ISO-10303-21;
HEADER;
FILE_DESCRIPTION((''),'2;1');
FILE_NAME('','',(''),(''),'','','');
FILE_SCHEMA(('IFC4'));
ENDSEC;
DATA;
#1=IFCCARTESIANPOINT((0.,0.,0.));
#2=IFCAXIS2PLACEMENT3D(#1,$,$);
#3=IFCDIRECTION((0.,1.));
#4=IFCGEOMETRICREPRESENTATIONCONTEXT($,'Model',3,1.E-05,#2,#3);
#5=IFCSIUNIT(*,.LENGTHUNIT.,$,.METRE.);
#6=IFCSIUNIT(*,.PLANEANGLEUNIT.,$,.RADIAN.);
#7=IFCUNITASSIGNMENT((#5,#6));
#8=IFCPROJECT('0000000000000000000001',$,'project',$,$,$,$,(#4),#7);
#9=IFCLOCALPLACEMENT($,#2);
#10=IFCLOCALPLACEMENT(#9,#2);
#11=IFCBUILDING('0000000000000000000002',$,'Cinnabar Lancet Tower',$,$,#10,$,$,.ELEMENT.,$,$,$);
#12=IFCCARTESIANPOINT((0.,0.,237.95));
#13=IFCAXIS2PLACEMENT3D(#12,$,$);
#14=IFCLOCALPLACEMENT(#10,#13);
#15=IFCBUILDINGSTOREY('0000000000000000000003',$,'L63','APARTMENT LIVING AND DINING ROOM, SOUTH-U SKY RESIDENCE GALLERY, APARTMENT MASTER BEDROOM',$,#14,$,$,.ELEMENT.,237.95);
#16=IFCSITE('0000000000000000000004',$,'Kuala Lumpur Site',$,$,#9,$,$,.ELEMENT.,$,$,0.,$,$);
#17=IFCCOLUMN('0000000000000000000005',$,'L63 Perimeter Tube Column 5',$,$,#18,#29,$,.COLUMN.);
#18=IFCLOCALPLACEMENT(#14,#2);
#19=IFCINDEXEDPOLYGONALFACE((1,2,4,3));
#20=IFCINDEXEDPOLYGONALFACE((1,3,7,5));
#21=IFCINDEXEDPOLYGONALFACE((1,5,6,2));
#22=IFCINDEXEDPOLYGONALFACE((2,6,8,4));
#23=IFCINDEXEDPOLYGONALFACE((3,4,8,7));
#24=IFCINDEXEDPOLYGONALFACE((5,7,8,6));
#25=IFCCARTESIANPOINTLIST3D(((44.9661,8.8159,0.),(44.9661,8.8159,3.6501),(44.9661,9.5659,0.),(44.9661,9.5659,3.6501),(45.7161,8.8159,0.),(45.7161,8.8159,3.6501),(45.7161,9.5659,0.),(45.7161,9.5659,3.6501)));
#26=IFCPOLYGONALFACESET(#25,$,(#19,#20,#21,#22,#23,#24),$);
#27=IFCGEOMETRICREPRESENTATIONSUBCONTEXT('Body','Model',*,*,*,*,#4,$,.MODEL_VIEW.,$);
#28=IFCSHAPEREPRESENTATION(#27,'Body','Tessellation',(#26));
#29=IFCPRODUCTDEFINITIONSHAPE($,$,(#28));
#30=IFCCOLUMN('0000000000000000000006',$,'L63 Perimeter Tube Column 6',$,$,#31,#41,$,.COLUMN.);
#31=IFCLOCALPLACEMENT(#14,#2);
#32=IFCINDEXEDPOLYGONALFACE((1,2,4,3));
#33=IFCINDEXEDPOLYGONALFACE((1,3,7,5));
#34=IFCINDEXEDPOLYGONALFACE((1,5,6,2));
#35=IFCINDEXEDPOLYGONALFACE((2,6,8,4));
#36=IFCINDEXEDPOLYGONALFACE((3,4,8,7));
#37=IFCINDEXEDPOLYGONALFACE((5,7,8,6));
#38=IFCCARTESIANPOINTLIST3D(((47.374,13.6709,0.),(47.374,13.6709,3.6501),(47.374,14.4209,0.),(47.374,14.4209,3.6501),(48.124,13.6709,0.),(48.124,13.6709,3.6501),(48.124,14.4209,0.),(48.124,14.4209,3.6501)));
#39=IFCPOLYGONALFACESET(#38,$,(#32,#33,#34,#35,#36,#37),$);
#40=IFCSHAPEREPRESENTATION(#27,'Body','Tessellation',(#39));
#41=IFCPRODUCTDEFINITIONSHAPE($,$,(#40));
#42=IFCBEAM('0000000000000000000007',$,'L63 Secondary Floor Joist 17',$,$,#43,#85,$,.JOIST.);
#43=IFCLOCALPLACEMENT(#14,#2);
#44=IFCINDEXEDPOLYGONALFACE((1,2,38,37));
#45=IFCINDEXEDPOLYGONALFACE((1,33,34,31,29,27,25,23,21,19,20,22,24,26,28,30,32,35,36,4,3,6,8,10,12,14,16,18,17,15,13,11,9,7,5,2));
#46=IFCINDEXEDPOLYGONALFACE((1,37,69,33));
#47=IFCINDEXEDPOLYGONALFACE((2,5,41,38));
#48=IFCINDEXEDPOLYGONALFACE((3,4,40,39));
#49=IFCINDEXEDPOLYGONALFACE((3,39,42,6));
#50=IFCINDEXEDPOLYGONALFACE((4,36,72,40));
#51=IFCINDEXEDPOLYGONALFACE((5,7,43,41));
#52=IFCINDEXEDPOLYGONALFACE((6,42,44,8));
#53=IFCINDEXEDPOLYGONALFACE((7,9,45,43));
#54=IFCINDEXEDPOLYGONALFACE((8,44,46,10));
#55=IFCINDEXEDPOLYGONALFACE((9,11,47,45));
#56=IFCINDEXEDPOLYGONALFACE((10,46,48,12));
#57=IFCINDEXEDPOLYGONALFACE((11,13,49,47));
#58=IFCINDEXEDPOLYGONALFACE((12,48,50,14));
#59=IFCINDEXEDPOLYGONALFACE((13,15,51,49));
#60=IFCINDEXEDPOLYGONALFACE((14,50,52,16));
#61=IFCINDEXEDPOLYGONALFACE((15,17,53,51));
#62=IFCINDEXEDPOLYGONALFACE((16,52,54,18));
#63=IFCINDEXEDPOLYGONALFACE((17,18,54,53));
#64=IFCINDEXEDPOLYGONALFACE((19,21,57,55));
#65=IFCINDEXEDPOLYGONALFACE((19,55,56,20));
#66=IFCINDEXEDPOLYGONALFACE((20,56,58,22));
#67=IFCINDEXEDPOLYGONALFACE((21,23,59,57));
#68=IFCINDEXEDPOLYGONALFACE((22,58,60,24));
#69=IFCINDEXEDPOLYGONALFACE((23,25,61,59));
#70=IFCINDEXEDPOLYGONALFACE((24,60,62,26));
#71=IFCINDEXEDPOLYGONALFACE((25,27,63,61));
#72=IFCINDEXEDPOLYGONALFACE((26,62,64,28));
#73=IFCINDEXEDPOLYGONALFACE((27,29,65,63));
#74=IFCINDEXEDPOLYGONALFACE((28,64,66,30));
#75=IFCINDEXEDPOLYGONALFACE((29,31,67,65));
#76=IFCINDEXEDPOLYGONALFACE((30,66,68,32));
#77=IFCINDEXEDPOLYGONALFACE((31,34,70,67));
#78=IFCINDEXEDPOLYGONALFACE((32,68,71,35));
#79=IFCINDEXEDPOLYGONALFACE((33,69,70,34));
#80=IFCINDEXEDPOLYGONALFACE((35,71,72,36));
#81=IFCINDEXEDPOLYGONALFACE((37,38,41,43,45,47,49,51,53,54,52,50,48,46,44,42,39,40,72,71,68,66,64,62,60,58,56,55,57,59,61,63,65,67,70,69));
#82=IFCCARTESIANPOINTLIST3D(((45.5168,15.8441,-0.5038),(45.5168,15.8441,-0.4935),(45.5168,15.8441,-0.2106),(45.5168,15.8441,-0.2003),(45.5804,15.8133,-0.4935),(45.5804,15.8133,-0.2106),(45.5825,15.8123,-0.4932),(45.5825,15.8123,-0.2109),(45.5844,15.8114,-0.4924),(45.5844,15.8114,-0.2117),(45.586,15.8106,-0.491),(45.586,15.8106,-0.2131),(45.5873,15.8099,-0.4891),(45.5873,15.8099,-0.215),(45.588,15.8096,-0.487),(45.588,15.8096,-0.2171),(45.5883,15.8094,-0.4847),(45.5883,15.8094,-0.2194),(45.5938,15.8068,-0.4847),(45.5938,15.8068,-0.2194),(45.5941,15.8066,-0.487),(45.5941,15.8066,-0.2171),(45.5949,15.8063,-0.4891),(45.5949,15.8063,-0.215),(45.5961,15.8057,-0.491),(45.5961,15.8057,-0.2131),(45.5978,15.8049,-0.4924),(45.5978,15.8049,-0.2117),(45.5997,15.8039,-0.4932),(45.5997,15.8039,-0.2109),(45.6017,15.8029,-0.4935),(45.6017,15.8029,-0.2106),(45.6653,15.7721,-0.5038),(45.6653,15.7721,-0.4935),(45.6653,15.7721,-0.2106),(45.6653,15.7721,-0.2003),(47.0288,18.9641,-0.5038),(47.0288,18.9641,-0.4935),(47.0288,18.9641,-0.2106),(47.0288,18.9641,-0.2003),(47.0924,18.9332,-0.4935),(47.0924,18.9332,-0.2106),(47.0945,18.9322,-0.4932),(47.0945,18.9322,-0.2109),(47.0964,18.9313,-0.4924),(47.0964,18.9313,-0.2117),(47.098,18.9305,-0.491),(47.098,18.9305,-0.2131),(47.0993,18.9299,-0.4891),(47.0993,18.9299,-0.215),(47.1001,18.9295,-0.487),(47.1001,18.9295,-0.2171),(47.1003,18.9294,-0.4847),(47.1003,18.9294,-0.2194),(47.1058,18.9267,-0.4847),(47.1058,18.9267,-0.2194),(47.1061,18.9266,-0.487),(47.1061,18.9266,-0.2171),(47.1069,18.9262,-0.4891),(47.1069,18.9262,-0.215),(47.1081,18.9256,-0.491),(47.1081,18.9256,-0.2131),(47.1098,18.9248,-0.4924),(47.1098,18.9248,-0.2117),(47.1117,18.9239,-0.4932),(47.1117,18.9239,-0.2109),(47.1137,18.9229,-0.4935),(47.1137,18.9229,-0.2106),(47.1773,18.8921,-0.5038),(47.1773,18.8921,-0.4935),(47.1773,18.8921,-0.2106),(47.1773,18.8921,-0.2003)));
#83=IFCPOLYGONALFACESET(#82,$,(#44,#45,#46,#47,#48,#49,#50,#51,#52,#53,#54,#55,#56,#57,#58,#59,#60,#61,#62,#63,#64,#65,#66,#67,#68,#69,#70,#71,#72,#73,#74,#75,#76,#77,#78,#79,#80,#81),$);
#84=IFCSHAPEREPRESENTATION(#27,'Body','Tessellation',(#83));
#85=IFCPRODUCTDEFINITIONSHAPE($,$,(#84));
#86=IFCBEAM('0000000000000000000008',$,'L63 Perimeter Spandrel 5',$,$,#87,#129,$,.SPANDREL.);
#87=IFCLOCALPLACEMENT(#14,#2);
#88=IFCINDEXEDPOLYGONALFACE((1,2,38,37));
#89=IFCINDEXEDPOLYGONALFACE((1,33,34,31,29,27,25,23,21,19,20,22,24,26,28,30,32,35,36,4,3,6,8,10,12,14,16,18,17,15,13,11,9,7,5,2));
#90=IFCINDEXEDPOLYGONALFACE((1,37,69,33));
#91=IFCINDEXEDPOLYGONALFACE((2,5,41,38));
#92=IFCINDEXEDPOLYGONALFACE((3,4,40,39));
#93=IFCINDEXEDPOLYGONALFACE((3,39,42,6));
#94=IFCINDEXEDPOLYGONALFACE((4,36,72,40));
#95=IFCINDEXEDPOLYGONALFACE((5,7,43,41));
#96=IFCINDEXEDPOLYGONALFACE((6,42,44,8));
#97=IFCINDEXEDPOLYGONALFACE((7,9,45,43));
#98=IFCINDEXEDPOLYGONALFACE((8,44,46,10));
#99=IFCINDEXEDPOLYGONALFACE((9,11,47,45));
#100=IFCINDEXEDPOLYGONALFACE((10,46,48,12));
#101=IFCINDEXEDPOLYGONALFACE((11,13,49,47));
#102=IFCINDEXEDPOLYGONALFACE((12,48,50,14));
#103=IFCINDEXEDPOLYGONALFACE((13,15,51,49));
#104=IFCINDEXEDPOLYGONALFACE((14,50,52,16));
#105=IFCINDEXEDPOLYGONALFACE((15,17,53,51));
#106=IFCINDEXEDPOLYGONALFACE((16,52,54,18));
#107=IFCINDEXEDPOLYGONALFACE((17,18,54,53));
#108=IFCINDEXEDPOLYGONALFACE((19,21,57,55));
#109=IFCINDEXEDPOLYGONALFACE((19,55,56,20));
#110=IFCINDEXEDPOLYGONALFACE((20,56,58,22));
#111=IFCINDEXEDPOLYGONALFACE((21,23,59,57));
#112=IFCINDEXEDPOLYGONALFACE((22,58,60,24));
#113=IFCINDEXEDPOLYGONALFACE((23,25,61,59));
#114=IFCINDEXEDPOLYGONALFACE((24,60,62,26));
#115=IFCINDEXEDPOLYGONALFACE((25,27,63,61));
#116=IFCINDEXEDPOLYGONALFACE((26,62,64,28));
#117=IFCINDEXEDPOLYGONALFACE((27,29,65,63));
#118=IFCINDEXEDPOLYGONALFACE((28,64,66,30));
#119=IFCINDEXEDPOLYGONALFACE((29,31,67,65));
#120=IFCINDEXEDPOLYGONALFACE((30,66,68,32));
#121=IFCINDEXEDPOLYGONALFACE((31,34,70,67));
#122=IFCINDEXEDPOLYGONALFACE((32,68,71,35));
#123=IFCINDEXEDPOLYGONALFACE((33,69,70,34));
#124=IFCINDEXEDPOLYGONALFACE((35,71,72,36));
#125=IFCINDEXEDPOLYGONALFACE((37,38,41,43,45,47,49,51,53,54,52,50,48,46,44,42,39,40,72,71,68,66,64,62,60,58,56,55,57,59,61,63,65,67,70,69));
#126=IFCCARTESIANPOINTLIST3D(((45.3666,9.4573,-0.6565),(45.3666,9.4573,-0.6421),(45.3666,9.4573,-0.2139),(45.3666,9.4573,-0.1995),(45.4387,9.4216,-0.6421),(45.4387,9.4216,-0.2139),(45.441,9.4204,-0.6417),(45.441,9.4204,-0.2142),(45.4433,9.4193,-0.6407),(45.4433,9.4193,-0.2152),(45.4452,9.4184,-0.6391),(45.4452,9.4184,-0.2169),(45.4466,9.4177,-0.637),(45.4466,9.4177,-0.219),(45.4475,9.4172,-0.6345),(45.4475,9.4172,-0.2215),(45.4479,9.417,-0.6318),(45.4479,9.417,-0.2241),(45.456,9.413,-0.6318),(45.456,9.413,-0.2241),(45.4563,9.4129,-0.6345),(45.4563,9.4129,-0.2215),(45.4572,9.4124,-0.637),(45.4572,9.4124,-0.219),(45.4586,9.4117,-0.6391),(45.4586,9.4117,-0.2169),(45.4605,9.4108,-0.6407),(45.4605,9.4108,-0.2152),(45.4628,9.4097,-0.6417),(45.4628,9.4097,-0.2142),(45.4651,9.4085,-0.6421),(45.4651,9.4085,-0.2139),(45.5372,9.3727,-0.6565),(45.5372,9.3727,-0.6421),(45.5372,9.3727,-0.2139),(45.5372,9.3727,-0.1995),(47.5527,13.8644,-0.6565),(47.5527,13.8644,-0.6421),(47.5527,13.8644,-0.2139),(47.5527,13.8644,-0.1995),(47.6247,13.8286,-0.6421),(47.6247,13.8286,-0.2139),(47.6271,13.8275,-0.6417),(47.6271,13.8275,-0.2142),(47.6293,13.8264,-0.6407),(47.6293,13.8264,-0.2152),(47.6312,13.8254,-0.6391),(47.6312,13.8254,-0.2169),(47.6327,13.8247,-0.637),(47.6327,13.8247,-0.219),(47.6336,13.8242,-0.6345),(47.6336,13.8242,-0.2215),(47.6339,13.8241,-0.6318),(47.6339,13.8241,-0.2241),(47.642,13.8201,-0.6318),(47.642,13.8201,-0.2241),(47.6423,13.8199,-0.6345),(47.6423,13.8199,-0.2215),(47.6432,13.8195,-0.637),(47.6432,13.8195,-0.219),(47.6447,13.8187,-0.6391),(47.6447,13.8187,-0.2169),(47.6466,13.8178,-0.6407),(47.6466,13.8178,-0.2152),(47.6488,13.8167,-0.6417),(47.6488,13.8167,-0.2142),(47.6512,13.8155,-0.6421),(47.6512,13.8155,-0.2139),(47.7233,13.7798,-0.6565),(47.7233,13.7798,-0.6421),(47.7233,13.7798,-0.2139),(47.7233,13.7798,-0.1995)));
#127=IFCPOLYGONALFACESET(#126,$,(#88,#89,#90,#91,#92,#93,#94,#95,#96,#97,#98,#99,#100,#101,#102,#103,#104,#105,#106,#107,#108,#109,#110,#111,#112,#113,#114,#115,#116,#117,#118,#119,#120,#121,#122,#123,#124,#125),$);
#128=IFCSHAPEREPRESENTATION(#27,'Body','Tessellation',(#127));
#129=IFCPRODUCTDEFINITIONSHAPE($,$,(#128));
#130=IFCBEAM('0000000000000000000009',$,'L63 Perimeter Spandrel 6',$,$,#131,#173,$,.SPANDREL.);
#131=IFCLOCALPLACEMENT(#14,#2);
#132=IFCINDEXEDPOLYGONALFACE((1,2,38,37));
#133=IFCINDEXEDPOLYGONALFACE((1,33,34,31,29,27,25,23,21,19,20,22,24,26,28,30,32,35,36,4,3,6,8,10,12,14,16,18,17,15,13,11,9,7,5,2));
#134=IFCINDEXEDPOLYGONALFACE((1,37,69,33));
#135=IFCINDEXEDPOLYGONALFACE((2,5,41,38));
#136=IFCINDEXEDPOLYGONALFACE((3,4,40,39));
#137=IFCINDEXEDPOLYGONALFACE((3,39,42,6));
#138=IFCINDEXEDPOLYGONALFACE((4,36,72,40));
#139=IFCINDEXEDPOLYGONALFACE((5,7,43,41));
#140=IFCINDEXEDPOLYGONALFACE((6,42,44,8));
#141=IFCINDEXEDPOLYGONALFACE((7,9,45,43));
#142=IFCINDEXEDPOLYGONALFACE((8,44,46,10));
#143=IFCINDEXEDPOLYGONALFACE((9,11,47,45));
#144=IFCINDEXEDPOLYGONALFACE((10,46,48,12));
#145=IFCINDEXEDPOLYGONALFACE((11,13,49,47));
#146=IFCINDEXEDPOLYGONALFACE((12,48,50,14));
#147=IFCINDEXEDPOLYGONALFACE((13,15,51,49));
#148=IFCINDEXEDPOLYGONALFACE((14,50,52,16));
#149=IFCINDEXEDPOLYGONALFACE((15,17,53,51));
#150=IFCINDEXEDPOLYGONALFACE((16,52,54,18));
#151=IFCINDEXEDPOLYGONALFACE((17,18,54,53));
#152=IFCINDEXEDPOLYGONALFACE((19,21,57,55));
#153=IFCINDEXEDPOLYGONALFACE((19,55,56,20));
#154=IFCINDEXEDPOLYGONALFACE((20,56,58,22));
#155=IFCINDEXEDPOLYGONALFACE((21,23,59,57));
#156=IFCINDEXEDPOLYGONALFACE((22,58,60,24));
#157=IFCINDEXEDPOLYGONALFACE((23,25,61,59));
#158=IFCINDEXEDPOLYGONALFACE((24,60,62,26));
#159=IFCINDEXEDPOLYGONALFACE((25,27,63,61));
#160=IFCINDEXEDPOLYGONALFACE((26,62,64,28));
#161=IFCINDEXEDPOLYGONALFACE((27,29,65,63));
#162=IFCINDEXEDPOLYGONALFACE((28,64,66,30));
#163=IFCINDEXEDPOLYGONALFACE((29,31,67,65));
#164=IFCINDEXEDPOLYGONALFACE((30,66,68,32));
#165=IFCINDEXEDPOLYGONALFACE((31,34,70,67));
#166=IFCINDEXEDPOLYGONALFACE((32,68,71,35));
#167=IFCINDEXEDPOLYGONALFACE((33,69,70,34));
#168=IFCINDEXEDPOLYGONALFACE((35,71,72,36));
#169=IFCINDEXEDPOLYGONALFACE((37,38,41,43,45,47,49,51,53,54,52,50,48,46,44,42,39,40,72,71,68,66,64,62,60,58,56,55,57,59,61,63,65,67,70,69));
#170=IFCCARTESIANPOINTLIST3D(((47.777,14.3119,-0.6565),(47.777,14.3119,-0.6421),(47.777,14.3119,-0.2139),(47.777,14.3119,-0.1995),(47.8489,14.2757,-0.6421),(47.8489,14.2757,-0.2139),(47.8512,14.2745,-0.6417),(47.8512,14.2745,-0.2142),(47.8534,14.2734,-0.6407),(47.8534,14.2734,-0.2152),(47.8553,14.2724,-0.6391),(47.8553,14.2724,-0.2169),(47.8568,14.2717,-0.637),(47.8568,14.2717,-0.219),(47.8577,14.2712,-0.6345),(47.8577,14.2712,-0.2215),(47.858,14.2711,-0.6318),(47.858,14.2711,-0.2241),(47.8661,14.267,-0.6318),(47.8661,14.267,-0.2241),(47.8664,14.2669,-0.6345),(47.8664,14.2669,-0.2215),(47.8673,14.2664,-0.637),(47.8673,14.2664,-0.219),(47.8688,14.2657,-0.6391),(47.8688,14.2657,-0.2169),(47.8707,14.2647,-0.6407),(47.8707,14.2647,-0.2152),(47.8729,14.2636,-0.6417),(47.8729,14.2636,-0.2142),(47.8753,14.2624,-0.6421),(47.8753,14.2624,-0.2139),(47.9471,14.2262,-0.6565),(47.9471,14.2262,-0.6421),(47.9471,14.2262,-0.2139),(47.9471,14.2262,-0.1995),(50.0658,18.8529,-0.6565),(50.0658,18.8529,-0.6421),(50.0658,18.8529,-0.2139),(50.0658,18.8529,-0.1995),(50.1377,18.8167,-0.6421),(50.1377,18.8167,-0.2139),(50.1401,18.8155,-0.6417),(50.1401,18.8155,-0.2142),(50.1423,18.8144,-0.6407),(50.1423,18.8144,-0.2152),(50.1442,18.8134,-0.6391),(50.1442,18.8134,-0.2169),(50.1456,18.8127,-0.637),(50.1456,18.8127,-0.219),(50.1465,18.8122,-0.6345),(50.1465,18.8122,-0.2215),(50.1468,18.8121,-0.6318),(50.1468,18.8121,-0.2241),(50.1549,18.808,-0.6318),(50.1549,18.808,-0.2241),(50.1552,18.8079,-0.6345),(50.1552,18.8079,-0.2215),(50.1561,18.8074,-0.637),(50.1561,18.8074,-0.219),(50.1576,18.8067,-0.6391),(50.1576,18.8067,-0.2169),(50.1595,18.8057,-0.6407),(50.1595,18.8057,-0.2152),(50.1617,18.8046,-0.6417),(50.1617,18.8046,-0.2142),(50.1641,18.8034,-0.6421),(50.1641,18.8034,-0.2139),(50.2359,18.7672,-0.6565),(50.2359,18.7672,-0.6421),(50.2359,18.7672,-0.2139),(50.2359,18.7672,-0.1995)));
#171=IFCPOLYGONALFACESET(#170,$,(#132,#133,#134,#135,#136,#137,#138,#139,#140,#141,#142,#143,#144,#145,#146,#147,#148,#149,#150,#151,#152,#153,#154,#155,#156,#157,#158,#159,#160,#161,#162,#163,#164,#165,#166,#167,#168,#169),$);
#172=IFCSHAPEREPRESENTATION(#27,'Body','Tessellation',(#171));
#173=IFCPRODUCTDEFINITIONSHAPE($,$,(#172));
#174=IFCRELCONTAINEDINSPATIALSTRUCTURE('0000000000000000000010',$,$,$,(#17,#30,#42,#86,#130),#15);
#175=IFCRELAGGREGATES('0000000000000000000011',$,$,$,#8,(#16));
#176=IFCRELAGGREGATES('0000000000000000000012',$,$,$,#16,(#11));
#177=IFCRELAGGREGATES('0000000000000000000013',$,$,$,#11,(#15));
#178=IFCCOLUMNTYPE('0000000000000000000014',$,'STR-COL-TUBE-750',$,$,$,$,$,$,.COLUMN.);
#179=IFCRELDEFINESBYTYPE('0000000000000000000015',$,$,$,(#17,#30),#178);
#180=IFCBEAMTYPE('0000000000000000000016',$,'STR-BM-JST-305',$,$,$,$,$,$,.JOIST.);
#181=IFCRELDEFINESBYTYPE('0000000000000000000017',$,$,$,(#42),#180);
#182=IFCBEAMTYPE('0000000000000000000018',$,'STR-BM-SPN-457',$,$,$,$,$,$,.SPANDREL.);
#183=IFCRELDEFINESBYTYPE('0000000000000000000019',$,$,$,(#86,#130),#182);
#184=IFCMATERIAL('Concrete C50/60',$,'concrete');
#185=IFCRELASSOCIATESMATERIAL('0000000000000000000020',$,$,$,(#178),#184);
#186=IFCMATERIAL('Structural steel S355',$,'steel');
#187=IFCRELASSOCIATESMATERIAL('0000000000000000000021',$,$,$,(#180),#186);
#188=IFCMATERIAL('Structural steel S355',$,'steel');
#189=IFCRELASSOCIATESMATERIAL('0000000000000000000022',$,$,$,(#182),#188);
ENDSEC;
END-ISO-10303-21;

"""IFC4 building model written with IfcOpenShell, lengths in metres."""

from ifc_helpers import new_model, si_unit, direction, frame, origin, origin_2d, place, context, subcontext, project, spatial, rectangle, i_section, extrude, material, material_profile, profile_set, type_object, element, save


model = new_model("IFC4")

# Units and contexts
model_context = context("Model", 3, precision=1e-05, world=origin(), true_north=direction((0.0, 1.0)))
body_context = subcontext(model_context, "Body", "Model", "MODEL_VIEW")
ifc_project = project(units=[si_unit("LENGTHUNIT", "METRE"), si_unit("PLANEANGLEUNIT", "RADIAN")], contexts=[model_context])

# Site, building, storey
site_placement = place(None, origin())
site = spatial("IfcSite", under=ifc_project, at=site_placement, Name="Kuala Lumpur Site", CompositionType="ELEMENT", RefElevation=0.0)
building_placement = place(site_placement, origin())
building = spatial("IfcBuilding", under=site, at=building_placement, Name="Cinnabar Lancet Tower", CompositionType="ELEMENT")
storey_placement = place(building_placement, frame((0.0, 0.0, 237.95)))
storey = spatial("IfcBuildingStorey", under=building, at=storey_placement, Name="L63", Description="APARTMENT LIVING AND DINING ROOM, SOUTH-U SKY RESIDENCE GALLERY, APARTMENT MASTER BEDROOM", CompositionType="ELEMENT", Elevation=237.95)

# Columns
ifc_material_1 = material(Name="Concrete C50/60", Category="concrete")
ifc_material_profile_1 = material_profile(ifc_material_1, rectangle(XDim=0.75, YDim=0.75, at=origin_2d()), Name="RC-COL 750x750")
ifc_profile_set_1 = profile_set([ifc_material_profile_1], Name="Concrete C50/60")
column_type = type_object("IfcColumnType", Name="STR-COL-TUBE-750", PredefinedType="COLUMN", material=ifc_profile_set_1)
for number, where, z_axis, x_axis, name in (
    (1, (45.3411, 9.1909, 0.0), (0.0, 0.0, 1.0), (1.0, 0.0, 0.0), "L63 Perimeter Tube Column 5"),
    (2, (47.749, 14.0459, 0.0), (0.0, 0.0, 1.0), (1.0, 0.0, 0.0), "L63 Perimeter Tube Column 6"),
):
    element("IfcColumn", number, at=place(storey_placement, frame(where, z_axis=z_axis, x_axis=x_axis)), inside=storey, type_object=column_type, Name=name, PredefinedType="COLUMN", context=body_context, shape_type="SweptSolid", body=[
        extrude(rectangle(XDim=0.75, YDim=0.75, at=origin_2d()), origin(), (0.0, 0.0, 1.0), 3.6501),
    ])

# Beams
ifc_material_2 = material(Name="Structural steel S355", Category="steel")
ifc_material_profile_2 = material_profile(ifc_material_2, i_section(OverallWidth=0.165, OverallDepth=0.3035, WebThickness=0.0061, FlangeThickness=0.0103, FilletRadius=0.0088, at=origin_2d()), Name="UKB 305x165x40")
ifc_profile_set_2 = profile_set([ifc_material_profile_2], Name="Structural steel S355")
beam_type_1 = type_object("IfcBeamType", Name="STR-BM-JST-305", PredefinedType="JOIST", material=ifc_profile_set_2)
beam_1_placement = place(storey_placement, frame((45.5911, 15.8081, -0.3521), z_axis=(0.436109, 0.899894, 0.0), x_axis=(-0.899894, 0.436109, 0.0)))
element("IfcBeam", 3, at=beam_1_placement, inside=storey, type_object=beam_type_1, Name="L63 Secondary Floor Joist 17", PredefinedType="JOIST", context=body_context, shape_type="SweptSolid", body=[
    extrude(i_section(OverallWidth=0.165, OverallDepth=0.3035, WebThickness=0.0061, FlangeThickness=0.0103, FilletRadius=0.0088, at=origin_2d()), origin(), (0.0, 0.0, 1.0), 3.467),
])
ifc_material_3 = material(Name="Structural steel S355", Category="steel")
ifc_material_profile_3 = material_profile(ifc_material_3, i_section(OverallWidth=0.1904, OverallDepth=0.457, WebThickness=0.009, FlangeThickness=0.0144, FilletRadius=0.0103, at=origin_2d()), Name="UKB 457x191x74")
ifc_profile_set_3 = profile_set([ifc_material_profile_3], Name="Structural steel S355")
beam_type_2 = type_object("IfcBeamType", Name="STR-BM-SPN-457", PredefinedType="SPANDREL", material=ifc_profile_set_3)
beam_2_placement = place(storey_placement, frame((45.4519, 9.415, -0.428), z_axis=(0.444373, 0.895842, 0.0), x_axis=(-0.895842, 0.444373, 0.0)))
element("IfcBeam", 4, at=beam_2_placement, inside=storey, type_object=beam_type_2, Name="L63 Perimeter Spandrel 5", PredefinedType="SPANDREL", context=body_context, shape_type="SweptSolid", body=[
    extrude(i_section(OverallWidth=0.1904, OverallDepth=0.457, WebThickness=0.009, FlangeThickness=0.0144, FilletRadius=0.0103, at=origin_2d()), origin(), (0.0, 0.0, 1.0), 4.9194),
])
beam_3_placement = place(storey_placement, frame((47.8621, 14.269, -0.428), z_axis=(0.450092, 0.892982, 0.0), x_axis=(-0.892982, 0.450092, 0.0)))
element("IfcBeam", 5, at=beam_3_placement, inside=storey, type_object=beam_type_2, Name="L63 Perimeter Spandrel 6", PredefinedType="SPANDREL", context=body_context, shape_type="SweptSolid", body=[
    extrude(i_section(OverallWidth=0.1904, OverallDepth=0.457, WebThickness=0.009, FlangeThickness=0.0144, FilletRadius=0.0103, at=origin_2d()), origin(), (0.0, 0.0, 1.0), 5.0852),
])

save(model, "model.ifc")
